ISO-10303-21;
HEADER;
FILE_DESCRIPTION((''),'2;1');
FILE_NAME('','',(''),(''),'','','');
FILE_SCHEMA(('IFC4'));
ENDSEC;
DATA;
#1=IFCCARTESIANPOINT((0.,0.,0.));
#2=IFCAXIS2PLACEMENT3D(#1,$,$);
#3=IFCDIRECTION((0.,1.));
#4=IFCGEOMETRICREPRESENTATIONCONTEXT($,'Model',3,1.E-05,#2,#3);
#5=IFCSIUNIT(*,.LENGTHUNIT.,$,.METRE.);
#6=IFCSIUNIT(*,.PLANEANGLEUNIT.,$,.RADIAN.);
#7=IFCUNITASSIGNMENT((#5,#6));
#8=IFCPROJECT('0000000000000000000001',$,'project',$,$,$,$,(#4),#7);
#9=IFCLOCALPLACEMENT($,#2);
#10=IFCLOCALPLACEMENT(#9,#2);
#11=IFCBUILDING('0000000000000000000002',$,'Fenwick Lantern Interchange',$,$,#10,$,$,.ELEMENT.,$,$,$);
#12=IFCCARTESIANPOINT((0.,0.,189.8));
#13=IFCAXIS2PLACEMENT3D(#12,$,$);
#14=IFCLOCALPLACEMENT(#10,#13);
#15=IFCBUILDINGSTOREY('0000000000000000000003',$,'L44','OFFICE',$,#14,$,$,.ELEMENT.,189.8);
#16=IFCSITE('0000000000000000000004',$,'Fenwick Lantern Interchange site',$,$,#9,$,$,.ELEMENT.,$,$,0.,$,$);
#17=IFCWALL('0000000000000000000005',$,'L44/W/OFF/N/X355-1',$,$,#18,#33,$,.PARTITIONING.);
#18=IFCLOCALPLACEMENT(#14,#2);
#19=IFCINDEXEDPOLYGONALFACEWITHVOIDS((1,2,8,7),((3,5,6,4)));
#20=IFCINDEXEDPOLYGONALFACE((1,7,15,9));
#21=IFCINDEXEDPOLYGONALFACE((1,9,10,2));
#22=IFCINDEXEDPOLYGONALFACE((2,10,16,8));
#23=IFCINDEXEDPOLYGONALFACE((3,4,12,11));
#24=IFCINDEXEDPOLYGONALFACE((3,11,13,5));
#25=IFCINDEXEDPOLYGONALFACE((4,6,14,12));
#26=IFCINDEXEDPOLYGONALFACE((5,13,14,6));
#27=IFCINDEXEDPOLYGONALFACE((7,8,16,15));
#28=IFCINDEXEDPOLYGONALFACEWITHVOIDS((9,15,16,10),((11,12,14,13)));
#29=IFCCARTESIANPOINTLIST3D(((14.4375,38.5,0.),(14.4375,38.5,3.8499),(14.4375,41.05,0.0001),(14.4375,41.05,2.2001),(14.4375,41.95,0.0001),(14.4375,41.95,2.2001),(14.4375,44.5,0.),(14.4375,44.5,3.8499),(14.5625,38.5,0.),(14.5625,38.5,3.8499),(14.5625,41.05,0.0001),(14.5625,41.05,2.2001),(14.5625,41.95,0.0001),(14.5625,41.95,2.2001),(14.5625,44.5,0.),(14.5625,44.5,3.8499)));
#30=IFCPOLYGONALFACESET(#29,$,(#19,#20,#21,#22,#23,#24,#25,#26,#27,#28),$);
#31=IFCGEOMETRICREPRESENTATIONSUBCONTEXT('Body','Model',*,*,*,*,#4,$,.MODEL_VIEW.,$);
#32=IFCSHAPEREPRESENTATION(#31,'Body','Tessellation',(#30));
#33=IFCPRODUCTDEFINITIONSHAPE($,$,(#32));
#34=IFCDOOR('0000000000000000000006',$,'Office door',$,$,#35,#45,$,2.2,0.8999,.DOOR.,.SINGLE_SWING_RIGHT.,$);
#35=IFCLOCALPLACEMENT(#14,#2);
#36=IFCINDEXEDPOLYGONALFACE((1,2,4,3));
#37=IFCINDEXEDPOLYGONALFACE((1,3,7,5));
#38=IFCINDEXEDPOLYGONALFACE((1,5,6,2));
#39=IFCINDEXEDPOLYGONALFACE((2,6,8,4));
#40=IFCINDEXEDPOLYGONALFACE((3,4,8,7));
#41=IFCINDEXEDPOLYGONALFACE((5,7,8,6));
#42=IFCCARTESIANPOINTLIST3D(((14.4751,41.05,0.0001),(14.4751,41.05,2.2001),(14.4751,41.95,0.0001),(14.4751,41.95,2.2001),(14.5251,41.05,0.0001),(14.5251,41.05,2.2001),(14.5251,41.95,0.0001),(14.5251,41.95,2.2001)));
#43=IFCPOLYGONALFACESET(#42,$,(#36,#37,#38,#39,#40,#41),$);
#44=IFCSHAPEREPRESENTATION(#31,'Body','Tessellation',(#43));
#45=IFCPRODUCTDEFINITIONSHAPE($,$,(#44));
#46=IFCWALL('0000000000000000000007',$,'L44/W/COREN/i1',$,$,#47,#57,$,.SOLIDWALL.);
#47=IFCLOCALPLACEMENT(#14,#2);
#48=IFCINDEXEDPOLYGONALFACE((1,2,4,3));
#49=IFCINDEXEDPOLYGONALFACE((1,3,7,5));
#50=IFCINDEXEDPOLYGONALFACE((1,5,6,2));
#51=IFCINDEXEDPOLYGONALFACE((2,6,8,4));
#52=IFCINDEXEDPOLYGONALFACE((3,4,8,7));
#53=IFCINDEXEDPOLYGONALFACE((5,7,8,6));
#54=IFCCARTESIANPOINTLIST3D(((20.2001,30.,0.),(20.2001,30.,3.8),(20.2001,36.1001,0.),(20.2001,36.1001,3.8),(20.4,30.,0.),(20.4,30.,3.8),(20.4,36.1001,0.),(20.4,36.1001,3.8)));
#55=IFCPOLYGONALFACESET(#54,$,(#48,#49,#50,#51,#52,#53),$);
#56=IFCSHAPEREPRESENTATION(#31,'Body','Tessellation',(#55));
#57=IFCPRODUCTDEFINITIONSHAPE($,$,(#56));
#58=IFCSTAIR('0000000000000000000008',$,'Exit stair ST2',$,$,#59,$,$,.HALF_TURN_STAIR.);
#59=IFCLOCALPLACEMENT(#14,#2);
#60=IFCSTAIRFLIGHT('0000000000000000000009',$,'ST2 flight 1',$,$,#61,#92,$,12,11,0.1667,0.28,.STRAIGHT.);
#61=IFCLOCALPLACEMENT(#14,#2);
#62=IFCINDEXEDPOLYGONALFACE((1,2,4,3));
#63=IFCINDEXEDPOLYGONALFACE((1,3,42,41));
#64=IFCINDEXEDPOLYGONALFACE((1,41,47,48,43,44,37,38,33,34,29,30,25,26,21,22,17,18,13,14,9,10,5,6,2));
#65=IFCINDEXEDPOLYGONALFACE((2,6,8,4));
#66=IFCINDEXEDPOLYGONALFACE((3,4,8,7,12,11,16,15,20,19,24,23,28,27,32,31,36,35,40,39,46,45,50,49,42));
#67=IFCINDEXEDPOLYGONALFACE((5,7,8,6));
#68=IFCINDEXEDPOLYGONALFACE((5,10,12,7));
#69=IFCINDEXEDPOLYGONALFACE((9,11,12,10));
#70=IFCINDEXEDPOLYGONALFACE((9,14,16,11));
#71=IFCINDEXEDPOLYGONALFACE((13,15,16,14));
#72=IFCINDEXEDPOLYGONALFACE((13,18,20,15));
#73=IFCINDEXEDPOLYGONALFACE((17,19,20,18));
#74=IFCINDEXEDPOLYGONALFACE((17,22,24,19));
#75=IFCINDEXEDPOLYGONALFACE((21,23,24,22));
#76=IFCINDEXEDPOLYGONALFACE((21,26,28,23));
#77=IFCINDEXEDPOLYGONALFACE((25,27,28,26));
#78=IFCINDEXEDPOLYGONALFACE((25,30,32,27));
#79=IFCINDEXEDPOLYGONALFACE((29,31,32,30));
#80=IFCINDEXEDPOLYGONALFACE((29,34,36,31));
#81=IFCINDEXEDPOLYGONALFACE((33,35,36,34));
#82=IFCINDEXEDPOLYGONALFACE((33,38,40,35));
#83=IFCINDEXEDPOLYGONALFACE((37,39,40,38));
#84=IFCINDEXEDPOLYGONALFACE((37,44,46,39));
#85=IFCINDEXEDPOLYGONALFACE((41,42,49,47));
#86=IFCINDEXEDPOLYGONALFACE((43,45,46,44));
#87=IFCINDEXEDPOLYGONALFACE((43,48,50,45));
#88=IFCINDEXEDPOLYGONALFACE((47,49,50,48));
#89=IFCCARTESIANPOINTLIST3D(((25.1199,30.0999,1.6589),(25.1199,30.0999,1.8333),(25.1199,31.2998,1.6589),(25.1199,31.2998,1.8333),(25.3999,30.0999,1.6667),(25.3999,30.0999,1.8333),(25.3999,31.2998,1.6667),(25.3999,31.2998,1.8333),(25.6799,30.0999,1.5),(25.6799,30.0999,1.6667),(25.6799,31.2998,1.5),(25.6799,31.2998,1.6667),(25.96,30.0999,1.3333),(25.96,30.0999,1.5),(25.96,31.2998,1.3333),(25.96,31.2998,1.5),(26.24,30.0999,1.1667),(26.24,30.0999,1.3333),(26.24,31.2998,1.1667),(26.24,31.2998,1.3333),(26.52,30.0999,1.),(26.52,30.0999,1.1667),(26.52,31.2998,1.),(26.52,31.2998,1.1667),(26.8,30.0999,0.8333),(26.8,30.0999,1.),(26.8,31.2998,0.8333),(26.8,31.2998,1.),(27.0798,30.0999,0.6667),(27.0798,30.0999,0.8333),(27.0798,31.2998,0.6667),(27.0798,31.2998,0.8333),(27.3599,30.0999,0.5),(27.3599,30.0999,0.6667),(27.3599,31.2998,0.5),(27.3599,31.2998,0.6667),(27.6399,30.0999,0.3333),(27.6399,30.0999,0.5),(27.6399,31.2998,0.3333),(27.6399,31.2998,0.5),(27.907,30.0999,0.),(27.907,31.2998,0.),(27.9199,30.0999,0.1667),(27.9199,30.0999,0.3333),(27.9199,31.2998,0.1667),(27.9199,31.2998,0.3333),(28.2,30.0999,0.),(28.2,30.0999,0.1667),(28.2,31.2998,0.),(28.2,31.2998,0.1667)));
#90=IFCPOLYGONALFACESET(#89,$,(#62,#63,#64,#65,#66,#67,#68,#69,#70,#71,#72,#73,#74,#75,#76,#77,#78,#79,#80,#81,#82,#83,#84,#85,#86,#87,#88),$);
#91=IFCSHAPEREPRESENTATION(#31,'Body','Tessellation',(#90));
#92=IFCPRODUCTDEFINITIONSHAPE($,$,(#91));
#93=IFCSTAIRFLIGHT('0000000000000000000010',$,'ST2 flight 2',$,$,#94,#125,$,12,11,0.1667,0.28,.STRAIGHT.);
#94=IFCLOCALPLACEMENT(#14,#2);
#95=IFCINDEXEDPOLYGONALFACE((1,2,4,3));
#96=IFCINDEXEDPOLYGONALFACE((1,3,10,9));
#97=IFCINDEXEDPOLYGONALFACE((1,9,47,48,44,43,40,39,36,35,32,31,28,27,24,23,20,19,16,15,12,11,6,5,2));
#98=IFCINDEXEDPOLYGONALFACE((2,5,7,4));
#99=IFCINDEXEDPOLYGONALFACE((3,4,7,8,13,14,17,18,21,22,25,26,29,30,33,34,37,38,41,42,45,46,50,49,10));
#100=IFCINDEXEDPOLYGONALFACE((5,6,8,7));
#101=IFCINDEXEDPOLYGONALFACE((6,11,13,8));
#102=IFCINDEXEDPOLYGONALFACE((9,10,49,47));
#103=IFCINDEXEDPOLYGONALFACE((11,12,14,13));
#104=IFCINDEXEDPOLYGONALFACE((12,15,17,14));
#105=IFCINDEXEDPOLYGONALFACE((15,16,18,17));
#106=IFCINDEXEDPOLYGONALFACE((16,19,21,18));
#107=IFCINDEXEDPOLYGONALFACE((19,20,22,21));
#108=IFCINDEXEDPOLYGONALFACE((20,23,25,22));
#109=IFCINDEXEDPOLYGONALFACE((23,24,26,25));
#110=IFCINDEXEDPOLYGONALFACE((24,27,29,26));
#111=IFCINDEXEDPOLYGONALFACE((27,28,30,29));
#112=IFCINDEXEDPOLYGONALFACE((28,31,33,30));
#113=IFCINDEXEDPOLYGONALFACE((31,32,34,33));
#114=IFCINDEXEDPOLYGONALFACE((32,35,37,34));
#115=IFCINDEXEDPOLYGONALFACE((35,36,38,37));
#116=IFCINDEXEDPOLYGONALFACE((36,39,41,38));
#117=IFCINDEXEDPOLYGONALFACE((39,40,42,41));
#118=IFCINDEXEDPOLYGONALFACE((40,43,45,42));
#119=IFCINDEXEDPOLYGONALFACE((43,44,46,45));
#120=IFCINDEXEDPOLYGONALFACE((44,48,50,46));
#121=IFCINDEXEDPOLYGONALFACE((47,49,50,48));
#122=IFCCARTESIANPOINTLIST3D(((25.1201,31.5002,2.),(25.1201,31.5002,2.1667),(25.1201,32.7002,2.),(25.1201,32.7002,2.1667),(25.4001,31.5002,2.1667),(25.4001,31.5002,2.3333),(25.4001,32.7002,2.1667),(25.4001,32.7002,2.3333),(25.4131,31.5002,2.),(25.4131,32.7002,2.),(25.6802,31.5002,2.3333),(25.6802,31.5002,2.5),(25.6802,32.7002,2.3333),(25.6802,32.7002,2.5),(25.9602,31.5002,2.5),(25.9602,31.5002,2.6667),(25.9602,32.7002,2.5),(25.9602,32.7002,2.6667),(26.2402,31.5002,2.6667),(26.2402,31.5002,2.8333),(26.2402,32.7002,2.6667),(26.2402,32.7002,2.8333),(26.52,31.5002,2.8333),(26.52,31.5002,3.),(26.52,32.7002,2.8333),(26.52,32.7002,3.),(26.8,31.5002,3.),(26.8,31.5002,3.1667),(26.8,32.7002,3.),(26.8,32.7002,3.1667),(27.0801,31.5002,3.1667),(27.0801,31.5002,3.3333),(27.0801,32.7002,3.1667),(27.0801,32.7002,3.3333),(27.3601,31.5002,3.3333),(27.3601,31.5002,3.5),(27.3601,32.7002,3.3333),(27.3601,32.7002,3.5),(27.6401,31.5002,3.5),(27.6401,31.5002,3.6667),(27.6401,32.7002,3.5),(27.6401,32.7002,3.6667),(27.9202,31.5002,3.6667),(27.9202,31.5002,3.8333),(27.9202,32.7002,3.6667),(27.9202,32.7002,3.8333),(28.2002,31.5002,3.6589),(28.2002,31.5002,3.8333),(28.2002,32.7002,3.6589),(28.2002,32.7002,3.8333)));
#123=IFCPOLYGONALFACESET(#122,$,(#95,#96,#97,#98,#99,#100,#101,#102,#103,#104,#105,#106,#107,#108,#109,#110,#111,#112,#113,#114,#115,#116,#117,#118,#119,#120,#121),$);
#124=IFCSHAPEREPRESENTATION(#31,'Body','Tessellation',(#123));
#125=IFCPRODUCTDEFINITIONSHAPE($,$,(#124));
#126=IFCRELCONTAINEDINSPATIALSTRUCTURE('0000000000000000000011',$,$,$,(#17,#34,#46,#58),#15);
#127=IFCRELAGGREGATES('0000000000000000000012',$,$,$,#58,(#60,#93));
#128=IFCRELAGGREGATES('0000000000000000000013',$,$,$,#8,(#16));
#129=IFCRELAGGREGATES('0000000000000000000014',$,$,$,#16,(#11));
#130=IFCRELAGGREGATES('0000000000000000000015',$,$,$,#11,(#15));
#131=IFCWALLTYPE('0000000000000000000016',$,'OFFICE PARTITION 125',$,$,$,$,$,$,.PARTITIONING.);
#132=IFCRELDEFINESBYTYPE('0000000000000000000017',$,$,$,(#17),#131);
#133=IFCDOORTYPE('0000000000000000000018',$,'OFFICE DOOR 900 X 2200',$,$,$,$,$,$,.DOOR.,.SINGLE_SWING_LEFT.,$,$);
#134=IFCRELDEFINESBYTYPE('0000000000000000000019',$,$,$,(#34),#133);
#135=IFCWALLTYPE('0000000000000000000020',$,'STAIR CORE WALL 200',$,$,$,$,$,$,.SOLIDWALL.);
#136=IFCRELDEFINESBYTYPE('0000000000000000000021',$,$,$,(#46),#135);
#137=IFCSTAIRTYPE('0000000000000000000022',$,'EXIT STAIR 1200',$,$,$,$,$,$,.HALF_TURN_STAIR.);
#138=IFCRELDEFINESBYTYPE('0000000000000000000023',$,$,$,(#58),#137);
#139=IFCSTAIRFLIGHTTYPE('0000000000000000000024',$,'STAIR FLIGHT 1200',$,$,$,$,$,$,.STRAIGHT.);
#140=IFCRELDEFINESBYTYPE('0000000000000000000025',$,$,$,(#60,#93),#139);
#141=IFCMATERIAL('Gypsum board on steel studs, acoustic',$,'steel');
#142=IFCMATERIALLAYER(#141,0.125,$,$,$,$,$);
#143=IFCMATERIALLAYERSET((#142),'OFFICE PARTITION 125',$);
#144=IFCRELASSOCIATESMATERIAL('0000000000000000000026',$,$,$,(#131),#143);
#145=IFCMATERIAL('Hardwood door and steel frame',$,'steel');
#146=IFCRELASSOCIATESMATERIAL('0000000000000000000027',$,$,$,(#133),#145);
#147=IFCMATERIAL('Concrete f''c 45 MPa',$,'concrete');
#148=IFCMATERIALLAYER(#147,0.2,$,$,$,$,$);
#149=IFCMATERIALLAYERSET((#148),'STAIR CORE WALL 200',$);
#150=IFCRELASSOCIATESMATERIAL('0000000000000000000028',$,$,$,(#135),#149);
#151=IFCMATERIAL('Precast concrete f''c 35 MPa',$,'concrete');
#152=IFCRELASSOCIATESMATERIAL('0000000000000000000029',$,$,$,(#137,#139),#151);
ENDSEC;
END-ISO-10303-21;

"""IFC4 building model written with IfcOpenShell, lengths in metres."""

from ifc_helpers import new_model, si_unit, direction, frame, frame_2d, origin, place, context, subcontext, project, spatial, polyline, rectangle, outline, extrude, material, layer, layer_set, type_object, element, fill, aggregate, save


model = new_model("IFC4")

# Units and contexts
model_context = context("Model", 3, precision=1e-05, world=origin(), true_north=direction((0.0, 1.0)))
body_context = subcontext(model_context, "Body", "Model", "MODEL_VIEW")
ifc_project = project(units=[si_unit("LENGTHUNIT", "METRE"), si_unit("PLANEANGLEUNIT", "RADIAN")], contexts=[model_context])

# Site, building, storey
site_placement = place(None, origin())
site = spatial("IfcSite", under=ifc_project, at=site_placement, Name="Fenwick Lantern Interchange site", CompositionType="ELEMENT", RefElevation=0.0)
building_placement = place(site_placement, origin())
building = spatial("IfcBuilding", under=site, at=building_placement, Name="Fenwick Lantern Interchange", CompositionType="ELEMENT")
storey_placement = place(building_placement, frame((0.0, 0.0, 189.8)))
storey = spatial("IfcBuildingStorey", under=building, at=storey_placement, Name="L44", Description="OFFICE", CompositionType="ELEMENT", Elevation=189.8)

# Shared definitions
ifc_material_1 = material(Name="Gypsum board on steel studs, acoustic", Category="steel")
ifc_layer_1 = layer(ifc_material_1, 0.125)
ifc_layer_set_1 = layer_set([ifc_layer_1], Name="OFFICE PARTITION 125")
wall_type_1 = type_object("IfcWallType", Name="OFFICE PARTITION 125", PredefinedType="PARTITIONING", material=ifc_layer_set_1)

# Wall, opening, door
wall_1_placement = place(storey_placement, frame((14.5, 44.5, 0.0), z_axis=(0.0, 0.0, 1.0), x_axis=(0.0, -1.0, 0.0)))
wall_1 = element("IfcWall", 1, at=wall_1_placement, inside=storey, type_object=wall_type_1, Name="L44/W/OFF/N/X355-1", PredefinedType="PARTITIONING", context=body_context, shape_type="SweptSolid", body=[
    extrude(rectangle(XDim=6.0, YDim=0.125, at=frame_2d((3.0, 0.0))), origin(), (0.0, 0.0, 1.0), 3.8499),
])
opening_1_placement = place(wall_1_placement, frame((2.55, 0.0, 0.0)))
opening_1 = element("IfcOpeningElement", 2, at=opening_1_placement, cuts=wall_1, PredefinedType="OPENING", context=body_context, shape_type="SweptSolid", body=[
    extrude(rectangle(XDim=0.8999, YDim=2.2, at=frame_2d((0.45, 1.1001))), frame((0.0, 0.0725, 0.0), z_axis=(0.0, -1.0, 0.0), x_axis=(1.0, 0.0, 0.0)), (0.0, 0.0, 1.0), 0.145),
])
ifc_material_2 = material(Name="Hardwood door and steel frame", Category="steel")
door_type_1 = type_object("IfcDoorType", Name="OFFICE DOOR 900 X 2200", OperationType="SINGLE_SWING_LEFT", PredefinedType="DOOR", material=ifc_material_2)
door_1_placement = place(opening_1_placement, frame((0.8999, 0.0, 0.0), z_axis=(0.0, 0.0, 1.0), x_axis=(-1.0, 0.0, 0.0)))
door_1 = element("IfcDoor", 3, at=door_1_placement, inside=storey, type_object=door_type_1, Name="Office door", OperationType="SINGLE_SWING_RIGHT", OverallHeight=2.2, OverallWidth=0.8999, PredefinedType="DOOR", context=body_context, shape_type="SweptSolid", body=[
    extrude(rectangle(XDim=0.8999, YDim=2.2, at=frame_2d((0.45, 1.1001))), frame((0.0, 0.0249, 0.0), z_axis=(0.0, -1.0, 0.0), x_axis=(1.0, 0.0, 0.0)), (0.0, 0.0, 1.0), 0.05),
])
fill(opening_1, door_1)

# Wall
ifc_material_3 = material(Name="Concrete f'c 45 MPa", Category="concrete")
ifc_layer_2 = layer(ifc_material_3, 0.2)
ifc_layer_set_2 = layer_set([ifc_layer_2], Name="STAIR CORE WALL 200")
wall_type_2 = type_object("IfcWallType", Name="STAIR CORE WALL 200", PredefinedType="SOLIDWALL", material=ifc_layer_set_2)
wall_2_placement = place(storey_placement, frame((20.3, 36.1001, 0.0), z_axis=(0.0, 0.0, 1.0), x_axis=(0.0, -1.0, 0.0)))
element("IfcWall", 4, at=wall_2_placement, inside=storey, type_object=wall_type_2, Name="L44/W/COREN/i1", PredefinedType="SOLIDWALL", context=body_context, shape_type="SweptSolid", body=[
    extrude(rectangle(XDim=6.1001, YDim=0.2, at=frame_2d((3.05, 0.0))), origin(), (0.0, 0.0, 1.0), 3.8),
])

# Stair, stair flights
ifc_material_4 = material(Name="Precast concrete f'c 35 MPa", Category="concrete")
stair_type = type_object("IfcStairType", Name="EXIT STAIR 1200", PredefinedType="HALF_TURN_STAIR", material=ifc_material_4)
stair_placement = place(storey_placement, origin())
stair = element("IfcStair", 5, at=stair_placement, inside=storey, type_object=stair_type, Name="Exit stair ST2", PredefinedType="HALF_TURN_STAIR")
stair_flight_type = type_object("IfcStairFlightType", Name="STAIR FLIGHT 1200", PredefinedType="STRAIGHT", material=ifc_material_4)
stair_flight_1_placement = place(storey_placement, frame((28.2, 30.7, 0.0), z_axis=(0.0, 0.0, 1.0), x_axis=(-1.0, 0.0, 0.0)))
stair_flight_1 = element("IfcStairFlight", 6, at=stair_flight_1_placement, type_object=stair_flight_type, Name="ST2 flight 1", NumberOfRisers=12, NumberOfTreads=11, PredefinedType="STRAIGHT", RiserHeight=0.1667, TreadLength=0.28, context=body_context, shape_type="SweptSolid", body=[
    extrude(outline(polyline([(0.0, 0.0), (0.0, 0.1667), (0.28, 0.1667), (0.28, 0.3333), (0.5601, 0.3333), (0.5601, 0.5), (0.8401, 0.5), (0.8401, 0.6667), (1.1201, 0.6667), (1.1201, 0.8333), (1.3999, 0.8333), (1.3999, 1.0), (1.6799, 1.0), (1.6799, 1.1667), (1.96, 1.1667), (1.96, 1.3333), (2.24, 1.3333), (2.24, 1.5), (2.52, 1.5), (2.52, 1.6667), (2.8, 1.6667), (2.8, 1.8333), (3.0801, 1.8333), (3.0801, 2.0), (3.0801, 1.6589), (0.293, 0.0), (0.0, 0.0)])), frame((0.0, 0.6001, 0.0), z_axis=(0.0, -1.0, 0.0), x_axis=(1.0, 0.0, 0.0)), (0.0, 0.0, 1.0), 1.2),
])
stair_flight_2_placement = place(storey_placement, frame((25.1201, 32.1001, 2.0), z_axis=(0.0, 0.0, 1.0), x_axis=(1.0, 0.0, 0.0)))
stair_flight_2 = element("IfcStairFlight", 7, at=stair_flight_2_placement, type_object=stair_flight_type, Name="ST2 flight 2", NumberOfRisers=12, NumberOfTreads=11, PredefinedType="STRAIGHT", RiserHeight=0.1667, TreadLength=0.28, context=body_context, shape_type="SweptSolid", body=[
    extrude(outline(polyline([(0.0, 0.0), (0.0, 0.1667), (0.28, 0.1667), (0.28, 0.3333), (0.5601, 0.3333), (0.5601, 0.5), (0.8401, 0.5), (0.8401, 0.6667), (1.1201, 0.6667), (1.1201, 0.8333), (1.3999, 0.8333), (1.3999, 1.0), (1.6799, 1.0), (1.6799, 1.1667), (1.96, 1.1667), (1.96, 1.3333), (2.24, 1.3333), (2.24, 1.5), (2.52, 1.5), (2.52, 1.6667), (2.8, 1.6667), (2.8, 1.8333), (3.0801, 1.8333), (3.0801, 2.0), (3.0801, 1.6589), (0.293, 0.0), (0.0, 0.0)])), frame((0.0, 0.6001, 0.0), z_axis=(0.0, -1.0, 0.0), x_axis=(1.0, 0.0, 0.0)), (0.0, 0.0, 1.0), 1.2),
])
aggregate(stair, [stair_flight_1, stair_flight_2])

save(model, "model.ifc")
